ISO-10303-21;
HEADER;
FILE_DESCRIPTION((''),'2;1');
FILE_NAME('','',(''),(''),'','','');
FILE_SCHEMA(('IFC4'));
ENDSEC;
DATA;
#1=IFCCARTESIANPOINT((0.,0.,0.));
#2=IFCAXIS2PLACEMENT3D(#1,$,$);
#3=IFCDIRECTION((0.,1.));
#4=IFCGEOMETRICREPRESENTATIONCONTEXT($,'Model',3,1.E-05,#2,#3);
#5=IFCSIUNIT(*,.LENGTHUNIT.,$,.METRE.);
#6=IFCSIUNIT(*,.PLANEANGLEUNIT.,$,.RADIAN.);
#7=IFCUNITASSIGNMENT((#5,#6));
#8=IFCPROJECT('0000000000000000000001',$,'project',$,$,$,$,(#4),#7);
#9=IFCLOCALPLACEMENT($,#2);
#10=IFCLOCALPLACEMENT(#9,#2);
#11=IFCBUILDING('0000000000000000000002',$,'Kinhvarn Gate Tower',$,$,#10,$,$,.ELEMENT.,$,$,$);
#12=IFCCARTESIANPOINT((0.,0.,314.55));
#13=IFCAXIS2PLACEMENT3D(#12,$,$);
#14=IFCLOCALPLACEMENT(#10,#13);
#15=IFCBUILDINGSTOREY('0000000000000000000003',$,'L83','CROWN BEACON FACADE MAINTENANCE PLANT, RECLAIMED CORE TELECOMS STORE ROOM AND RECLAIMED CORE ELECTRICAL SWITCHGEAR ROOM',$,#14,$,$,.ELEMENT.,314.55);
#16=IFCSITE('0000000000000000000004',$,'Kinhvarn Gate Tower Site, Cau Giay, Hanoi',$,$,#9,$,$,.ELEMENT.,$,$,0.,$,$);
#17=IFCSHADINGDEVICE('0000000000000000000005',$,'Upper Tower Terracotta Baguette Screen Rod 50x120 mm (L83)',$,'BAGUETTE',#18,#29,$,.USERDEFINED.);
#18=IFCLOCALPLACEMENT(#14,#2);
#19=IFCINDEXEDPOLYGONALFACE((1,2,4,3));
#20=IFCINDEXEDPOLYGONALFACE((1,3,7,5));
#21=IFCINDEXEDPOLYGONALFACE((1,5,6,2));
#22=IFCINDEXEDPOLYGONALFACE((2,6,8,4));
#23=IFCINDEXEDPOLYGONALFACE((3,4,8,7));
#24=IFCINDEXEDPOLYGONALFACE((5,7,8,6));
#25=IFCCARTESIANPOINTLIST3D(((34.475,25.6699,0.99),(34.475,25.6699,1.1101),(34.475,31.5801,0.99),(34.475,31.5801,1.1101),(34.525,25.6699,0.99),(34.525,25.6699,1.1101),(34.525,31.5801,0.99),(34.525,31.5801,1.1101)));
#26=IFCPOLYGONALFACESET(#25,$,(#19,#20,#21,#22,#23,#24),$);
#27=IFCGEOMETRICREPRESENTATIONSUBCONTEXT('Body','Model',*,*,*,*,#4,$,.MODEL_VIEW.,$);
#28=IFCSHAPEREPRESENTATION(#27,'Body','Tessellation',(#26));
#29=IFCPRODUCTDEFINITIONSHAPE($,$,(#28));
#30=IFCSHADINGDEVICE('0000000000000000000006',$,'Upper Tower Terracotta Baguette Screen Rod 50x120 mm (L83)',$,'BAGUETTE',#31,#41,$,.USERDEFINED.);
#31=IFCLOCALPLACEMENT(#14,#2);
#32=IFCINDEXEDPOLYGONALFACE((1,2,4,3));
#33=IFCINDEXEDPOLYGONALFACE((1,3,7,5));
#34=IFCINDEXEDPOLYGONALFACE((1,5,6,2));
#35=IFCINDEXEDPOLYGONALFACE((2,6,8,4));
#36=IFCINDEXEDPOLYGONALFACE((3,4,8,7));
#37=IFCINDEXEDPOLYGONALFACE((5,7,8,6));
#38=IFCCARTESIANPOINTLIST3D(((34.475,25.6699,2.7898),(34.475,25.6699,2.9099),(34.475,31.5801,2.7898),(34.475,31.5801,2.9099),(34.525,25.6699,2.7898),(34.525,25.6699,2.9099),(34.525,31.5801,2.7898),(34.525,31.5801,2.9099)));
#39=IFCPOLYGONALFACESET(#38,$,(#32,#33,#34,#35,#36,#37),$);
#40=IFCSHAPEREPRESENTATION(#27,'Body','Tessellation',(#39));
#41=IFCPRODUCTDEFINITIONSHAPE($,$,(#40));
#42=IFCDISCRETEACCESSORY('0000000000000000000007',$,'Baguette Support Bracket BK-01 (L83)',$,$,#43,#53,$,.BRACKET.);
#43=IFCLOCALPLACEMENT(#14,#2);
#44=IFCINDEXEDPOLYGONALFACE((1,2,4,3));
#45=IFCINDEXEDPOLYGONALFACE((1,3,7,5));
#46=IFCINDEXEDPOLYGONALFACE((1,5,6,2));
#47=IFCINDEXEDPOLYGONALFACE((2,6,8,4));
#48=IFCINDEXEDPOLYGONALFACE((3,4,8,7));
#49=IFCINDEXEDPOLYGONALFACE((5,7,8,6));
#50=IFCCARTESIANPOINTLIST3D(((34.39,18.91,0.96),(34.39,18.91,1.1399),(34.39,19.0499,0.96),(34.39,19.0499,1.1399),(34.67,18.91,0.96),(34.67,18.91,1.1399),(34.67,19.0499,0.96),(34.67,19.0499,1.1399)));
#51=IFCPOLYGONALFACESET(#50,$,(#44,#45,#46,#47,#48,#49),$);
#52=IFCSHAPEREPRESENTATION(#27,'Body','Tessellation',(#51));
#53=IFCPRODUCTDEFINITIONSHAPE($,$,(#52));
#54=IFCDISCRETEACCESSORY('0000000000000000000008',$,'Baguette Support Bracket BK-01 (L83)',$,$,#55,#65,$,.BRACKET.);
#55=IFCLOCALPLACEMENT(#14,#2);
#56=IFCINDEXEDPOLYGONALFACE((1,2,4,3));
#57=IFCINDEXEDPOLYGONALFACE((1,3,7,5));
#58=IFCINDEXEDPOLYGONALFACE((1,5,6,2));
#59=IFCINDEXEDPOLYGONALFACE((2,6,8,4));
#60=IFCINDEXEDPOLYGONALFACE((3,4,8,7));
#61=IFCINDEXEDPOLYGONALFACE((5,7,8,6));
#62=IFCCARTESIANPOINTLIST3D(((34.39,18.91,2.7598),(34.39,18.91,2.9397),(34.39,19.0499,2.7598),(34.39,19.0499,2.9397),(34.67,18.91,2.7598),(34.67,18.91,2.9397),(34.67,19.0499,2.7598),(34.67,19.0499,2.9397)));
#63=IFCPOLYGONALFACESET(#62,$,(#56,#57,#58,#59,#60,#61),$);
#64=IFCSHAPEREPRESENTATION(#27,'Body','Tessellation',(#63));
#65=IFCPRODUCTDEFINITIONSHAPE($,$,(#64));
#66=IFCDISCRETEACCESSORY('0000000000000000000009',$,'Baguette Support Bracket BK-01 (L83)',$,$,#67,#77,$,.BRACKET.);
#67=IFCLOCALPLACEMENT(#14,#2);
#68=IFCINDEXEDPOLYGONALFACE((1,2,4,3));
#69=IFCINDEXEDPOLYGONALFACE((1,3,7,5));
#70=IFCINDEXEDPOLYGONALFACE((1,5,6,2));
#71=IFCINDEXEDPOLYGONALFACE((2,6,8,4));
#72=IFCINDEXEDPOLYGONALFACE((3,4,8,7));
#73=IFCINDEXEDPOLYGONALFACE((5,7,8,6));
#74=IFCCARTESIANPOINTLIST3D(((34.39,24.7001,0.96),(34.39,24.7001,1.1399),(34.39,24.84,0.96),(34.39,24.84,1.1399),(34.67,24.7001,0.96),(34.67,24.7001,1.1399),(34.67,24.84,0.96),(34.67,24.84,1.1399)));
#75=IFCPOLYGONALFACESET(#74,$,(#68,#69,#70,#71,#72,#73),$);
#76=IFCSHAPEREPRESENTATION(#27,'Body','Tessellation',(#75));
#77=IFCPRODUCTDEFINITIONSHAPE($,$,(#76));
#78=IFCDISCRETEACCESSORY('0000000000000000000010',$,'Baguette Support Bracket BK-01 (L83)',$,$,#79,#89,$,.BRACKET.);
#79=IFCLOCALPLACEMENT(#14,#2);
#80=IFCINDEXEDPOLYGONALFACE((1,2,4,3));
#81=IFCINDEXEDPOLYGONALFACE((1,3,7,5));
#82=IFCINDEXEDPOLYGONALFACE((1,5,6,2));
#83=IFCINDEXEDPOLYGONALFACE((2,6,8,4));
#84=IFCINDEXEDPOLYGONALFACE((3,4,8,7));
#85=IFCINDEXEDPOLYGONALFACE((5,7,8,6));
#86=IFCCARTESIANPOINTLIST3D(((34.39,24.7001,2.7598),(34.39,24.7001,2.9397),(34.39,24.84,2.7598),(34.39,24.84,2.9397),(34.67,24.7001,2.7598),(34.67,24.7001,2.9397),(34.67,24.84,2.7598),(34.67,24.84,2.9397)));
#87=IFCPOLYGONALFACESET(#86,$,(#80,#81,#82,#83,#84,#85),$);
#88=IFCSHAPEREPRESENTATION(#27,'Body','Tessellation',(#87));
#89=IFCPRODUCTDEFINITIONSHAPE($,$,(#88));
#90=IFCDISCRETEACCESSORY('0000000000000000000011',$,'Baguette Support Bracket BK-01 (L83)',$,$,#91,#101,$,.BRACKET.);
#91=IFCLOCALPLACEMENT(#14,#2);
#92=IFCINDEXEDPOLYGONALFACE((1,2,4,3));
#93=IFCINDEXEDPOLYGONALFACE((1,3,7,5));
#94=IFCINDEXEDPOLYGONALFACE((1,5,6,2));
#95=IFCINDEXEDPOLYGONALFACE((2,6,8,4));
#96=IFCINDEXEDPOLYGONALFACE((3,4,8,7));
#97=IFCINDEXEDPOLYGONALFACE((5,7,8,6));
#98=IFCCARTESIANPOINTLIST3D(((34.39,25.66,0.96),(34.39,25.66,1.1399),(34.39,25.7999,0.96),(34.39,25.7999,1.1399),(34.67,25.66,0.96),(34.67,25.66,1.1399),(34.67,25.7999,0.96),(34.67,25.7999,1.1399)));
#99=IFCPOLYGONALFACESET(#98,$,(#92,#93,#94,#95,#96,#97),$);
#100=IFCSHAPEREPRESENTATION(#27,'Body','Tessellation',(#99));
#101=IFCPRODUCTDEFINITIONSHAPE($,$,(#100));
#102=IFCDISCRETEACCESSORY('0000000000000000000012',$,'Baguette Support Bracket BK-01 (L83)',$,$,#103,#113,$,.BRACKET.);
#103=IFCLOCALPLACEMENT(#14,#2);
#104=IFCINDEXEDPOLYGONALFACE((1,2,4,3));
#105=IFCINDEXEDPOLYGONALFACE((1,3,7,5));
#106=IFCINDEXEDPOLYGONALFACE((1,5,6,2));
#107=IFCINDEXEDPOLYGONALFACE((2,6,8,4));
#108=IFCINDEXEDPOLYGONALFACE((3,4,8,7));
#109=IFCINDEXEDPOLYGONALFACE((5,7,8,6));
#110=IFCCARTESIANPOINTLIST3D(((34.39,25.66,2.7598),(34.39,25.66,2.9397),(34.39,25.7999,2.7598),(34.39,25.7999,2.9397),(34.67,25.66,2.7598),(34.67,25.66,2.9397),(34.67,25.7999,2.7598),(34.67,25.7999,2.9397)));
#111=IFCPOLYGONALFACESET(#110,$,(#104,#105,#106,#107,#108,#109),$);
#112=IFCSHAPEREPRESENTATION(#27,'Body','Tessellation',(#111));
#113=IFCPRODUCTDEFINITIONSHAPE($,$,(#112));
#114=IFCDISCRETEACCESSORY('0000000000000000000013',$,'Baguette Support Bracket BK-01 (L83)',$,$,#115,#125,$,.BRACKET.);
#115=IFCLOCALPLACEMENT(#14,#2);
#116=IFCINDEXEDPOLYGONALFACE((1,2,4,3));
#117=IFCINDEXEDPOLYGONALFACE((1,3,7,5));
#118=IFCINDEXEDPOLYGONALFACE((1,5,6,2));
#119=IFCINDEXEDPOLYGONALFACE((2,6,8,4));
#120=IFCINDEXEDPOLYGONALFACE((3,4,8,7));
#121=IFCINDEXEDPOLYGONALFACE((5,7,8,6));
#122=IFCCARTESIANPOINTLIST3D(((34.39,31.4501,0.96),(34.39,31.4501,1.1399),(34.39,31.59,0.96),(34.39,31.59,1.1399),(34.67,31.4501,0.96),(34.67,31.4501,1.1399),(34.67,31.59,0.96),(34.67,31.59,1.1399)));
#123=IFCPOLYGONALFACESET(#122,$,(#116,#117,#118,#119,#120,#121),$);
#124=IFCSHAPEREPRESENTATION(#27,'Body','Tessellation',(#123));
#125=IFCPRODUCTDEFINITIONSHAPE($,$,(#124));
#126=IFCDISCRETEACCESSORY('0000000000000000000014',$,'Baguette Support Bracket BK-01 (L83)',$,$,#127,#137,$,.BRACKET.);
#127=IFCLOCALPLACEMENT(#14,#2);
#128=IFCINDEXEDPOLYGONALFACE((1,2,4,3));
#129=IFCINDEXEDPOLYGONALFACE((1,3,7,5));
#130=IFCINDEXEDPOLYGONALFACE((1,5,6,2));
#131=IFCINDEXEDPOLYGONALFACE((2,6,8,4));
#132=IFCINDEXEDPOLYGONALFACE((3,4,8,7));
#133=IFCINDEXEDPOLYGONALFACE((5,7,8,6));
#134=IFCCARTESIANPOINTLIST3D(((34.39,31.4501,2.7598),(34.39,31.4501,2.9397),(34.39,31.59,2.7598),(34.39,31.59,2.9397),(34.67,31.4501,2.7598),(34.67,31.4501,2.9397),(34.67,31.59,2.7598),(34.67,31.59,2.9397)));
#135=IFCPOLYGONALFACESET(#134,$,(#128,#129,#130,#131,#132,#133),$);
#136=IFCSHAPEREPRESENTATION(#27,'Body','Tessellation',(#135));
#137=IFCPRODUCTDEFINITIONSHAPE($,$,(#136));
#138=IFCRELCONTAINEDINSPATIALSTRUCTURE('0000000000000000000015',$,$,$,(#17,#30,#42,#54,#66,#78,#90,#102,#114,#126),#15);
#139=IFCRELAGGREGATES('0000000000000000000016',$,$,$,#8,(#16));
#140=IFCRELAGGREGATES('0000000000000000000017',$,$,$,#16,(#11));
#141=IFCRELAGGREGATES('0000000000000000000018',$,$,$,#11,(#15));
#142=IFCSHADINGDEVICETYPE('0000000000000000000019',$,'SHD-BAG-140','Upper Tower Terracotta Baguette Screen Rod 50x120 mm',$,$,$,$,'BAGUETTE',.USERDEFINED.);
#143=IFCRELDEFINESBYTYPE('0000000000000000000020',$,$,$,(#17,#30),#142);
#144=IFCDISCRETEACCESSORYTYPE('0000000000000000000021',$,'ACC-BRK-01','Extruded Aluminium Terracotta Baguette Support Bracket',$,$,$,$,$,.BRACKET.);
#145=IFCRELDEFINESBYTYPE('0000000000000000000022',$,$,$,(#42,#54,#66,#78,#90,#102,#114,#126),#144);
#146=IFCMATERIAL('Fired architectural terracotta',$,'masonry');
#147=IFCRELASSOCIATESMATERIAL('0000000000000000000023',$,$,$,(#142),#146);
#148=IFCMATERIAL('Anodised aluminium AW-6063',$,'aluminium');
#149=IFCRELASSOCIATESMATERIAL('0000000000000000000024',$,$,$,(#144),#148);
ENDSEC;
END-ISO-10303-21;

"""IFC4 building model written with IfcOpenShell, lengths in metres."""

from ifc_helpers import new_model, si_unit, direction, frame, origin, origin_2d, place, context, subcontext, project, spatial, rectangle, extrude, material, material_profile, profile_set, type_object, element, save


model = new_model("IFC4")

# Units and contexts
model_context = context("Model", 3, precision=1e-05, world=origin(), true_north=direction((0.0, 1.0)))
body_context = subcontext(model_context, "Body", "Model", "MODEL_VIEW")
ifc_project = project(units=[si_unit("LENGTHUNIT", "METRE"), si_unit("PLANEANGLEUNIT", "RADIAN")], contexts=[model_context])

# Site, building, storey
site_placement = place(None, origin())
site = spatial("IfcSite", under=ifc_project, at=site_placement, Name="Kinhvarn Gate Tower Site, Cau Giay, Hanoi", CompositionType="ELEMENT", RefElevation=0.0)
building_placement = place(site_placement, origin())
building = spatial("IfcBuilding", under=site, at=building_placement, Name="Kinhvarn Gate Tower", CompositionType="ELEMENT")
storey_placement = place(building_placement, frame((0.0, 0.0, 314.55)))
storey = spatial("IfcBuildingStorey", under=building, at=storey_placement, Name="L83", Description="CROWN BEACON FACADE MAINTENANCE PLANT, RECLAIMED CORE TELECOMS STORE ROOM AND RECLAIMED CORE ELECTRICAL SWITCHGEAR ROOM", CompositionType="ELEMENT", Elevation=314.55)

# Shared definitions
ifc_material_1 = material(Name="Anodised aluminium AW-6063", Category="aluminium")

# Shading devices
ifc_material_2 = material(Name="Fired architectural terracotta", Category="masonry")
ifc_material_profile_1 = material_profile(ifc_material_2, rectangle(XDim=0.05, YDim=0.1201, at=origin_2d()), Name="TC 50x120")
ifc_profile_set_1 = profile_set([ifc_material_profile_1], Name="Fired architectural terracotta")
shading_device_type = type_object("IfcShadingDeviceType", Name="SHD-BAG-140", Description="Upper Tower Terracotta Baguette Screen Rod 50x120 mm", ElementType="BAGUETTE", PredefinedType="USERDEFINED", material=ifc_profile_set_1)
for number, where, z_axis, x_axis, name in (
    (1, (34.5, 25.6699, 1.05), (0.0, 1.0, 0.0), (-1.0, 0.0, 0.0), "Upper Tower Terracotta Baguette Screen Rod 50x120 mm (L83)"),
    (2, (34.5, 25.6699, 2.8499), (0.0, 1.0, 0.0), (-1.0, 0.0, 0.0), "Upper Tower Terracotta Baguette Screen Rod 50x120 mm (L83)"),
):
    element("IfcShadingDevice", number, at=place(storey_placement, frame(where, z_axis=z_axis, x_axis=x_axis)), inside=storey, type_object=shading_device_type, Name=name, ObjectType="BAGUETTE", PredefinedType="USERDEFINED", context=body_context, shape_type="SweptSolid", body=[
        extrude(rectangle(XDim=0.05, YDim=0.1201, at=origin_2d()), origin(), (0.0, 0.0, 1.0), 5.9102),
    ])

# Discrete accessories
discrete_accessory_type = type_object("IfcDiscreteAccessoryType", Name="ACC-BRK-01", Description="Extruded Aluminium Terracotta Baguette Support Bracket", PredefinedType="BRACKET", material=ifc_material_1)
for number, where, z_axis, x_axis, name in (
    (3, (34.53, 18.98, 0.96), (0.0, 0.0, 1.0), (0.0, 1.0, 0.0), "Baguette Support Bracket BK-01 (L83)"),
    (4, (34.53, 18.98, 2.7598), (0.0, 0.0, 1.0), (0.0, 1.0, 0.0), "Baguette Support Bracket BK-01 (L83)"),
    (5, (34.53, 24.77, 0.96), (0.0, 0.0, 1.0), (0.0, 1.0, 0.0), "Baguette Support Bracket BK-01 (L83)"),
    (6, (34.53, 24.77, 2.7598), (0.0, 0.0, 1.0), (0.0, 1.0, 0.0), "Baguette Support Bracket BK-01 (L83)"),
    (7, (34.53, 25.73, 0.96), (0.0, 0.0, 1.0), (0.0, 1.0, 0.0), "Baguette Support Bracket BK-01 (L83)"),
    (8, (34.53, 25.73, 2.7598), (0.0, 0.0, 1.0), (0.0, 1.0, 0.0), "Baguette Support Bracket BK-01 (L83)"),
    (9, (34.53, 31.52, 0.96), (0.0, 0.0, 1.0), (0.0, 1.0, 0.0), "Baguette Support Bracket BK-01 (L83)"),
    (10, (34.53, 31.52, 2.7598), (0.0, 0.0, 1.0), (0.0, 1.0, 0.0), "Baguette Support Bracket BK-01 (L83)"),
):
    element("IfcDiscreteAccessory", number, at=place(storey_placement, frame(where, z_axis=z_axis, x_axis=x_axis)), inside=storey, type_object=discrete_accessory_type, Name=name, PredefinedType="BRACKET", context=body_context, shape_type="SweptSolid", body=[
        extrude(rectangle(XDim=0.1399, YDim=0.28, at=origin_2d()), origin(), (0.0, 0.0, 1.0), 0.1799),
    ])

save(model, "model.ifc")
